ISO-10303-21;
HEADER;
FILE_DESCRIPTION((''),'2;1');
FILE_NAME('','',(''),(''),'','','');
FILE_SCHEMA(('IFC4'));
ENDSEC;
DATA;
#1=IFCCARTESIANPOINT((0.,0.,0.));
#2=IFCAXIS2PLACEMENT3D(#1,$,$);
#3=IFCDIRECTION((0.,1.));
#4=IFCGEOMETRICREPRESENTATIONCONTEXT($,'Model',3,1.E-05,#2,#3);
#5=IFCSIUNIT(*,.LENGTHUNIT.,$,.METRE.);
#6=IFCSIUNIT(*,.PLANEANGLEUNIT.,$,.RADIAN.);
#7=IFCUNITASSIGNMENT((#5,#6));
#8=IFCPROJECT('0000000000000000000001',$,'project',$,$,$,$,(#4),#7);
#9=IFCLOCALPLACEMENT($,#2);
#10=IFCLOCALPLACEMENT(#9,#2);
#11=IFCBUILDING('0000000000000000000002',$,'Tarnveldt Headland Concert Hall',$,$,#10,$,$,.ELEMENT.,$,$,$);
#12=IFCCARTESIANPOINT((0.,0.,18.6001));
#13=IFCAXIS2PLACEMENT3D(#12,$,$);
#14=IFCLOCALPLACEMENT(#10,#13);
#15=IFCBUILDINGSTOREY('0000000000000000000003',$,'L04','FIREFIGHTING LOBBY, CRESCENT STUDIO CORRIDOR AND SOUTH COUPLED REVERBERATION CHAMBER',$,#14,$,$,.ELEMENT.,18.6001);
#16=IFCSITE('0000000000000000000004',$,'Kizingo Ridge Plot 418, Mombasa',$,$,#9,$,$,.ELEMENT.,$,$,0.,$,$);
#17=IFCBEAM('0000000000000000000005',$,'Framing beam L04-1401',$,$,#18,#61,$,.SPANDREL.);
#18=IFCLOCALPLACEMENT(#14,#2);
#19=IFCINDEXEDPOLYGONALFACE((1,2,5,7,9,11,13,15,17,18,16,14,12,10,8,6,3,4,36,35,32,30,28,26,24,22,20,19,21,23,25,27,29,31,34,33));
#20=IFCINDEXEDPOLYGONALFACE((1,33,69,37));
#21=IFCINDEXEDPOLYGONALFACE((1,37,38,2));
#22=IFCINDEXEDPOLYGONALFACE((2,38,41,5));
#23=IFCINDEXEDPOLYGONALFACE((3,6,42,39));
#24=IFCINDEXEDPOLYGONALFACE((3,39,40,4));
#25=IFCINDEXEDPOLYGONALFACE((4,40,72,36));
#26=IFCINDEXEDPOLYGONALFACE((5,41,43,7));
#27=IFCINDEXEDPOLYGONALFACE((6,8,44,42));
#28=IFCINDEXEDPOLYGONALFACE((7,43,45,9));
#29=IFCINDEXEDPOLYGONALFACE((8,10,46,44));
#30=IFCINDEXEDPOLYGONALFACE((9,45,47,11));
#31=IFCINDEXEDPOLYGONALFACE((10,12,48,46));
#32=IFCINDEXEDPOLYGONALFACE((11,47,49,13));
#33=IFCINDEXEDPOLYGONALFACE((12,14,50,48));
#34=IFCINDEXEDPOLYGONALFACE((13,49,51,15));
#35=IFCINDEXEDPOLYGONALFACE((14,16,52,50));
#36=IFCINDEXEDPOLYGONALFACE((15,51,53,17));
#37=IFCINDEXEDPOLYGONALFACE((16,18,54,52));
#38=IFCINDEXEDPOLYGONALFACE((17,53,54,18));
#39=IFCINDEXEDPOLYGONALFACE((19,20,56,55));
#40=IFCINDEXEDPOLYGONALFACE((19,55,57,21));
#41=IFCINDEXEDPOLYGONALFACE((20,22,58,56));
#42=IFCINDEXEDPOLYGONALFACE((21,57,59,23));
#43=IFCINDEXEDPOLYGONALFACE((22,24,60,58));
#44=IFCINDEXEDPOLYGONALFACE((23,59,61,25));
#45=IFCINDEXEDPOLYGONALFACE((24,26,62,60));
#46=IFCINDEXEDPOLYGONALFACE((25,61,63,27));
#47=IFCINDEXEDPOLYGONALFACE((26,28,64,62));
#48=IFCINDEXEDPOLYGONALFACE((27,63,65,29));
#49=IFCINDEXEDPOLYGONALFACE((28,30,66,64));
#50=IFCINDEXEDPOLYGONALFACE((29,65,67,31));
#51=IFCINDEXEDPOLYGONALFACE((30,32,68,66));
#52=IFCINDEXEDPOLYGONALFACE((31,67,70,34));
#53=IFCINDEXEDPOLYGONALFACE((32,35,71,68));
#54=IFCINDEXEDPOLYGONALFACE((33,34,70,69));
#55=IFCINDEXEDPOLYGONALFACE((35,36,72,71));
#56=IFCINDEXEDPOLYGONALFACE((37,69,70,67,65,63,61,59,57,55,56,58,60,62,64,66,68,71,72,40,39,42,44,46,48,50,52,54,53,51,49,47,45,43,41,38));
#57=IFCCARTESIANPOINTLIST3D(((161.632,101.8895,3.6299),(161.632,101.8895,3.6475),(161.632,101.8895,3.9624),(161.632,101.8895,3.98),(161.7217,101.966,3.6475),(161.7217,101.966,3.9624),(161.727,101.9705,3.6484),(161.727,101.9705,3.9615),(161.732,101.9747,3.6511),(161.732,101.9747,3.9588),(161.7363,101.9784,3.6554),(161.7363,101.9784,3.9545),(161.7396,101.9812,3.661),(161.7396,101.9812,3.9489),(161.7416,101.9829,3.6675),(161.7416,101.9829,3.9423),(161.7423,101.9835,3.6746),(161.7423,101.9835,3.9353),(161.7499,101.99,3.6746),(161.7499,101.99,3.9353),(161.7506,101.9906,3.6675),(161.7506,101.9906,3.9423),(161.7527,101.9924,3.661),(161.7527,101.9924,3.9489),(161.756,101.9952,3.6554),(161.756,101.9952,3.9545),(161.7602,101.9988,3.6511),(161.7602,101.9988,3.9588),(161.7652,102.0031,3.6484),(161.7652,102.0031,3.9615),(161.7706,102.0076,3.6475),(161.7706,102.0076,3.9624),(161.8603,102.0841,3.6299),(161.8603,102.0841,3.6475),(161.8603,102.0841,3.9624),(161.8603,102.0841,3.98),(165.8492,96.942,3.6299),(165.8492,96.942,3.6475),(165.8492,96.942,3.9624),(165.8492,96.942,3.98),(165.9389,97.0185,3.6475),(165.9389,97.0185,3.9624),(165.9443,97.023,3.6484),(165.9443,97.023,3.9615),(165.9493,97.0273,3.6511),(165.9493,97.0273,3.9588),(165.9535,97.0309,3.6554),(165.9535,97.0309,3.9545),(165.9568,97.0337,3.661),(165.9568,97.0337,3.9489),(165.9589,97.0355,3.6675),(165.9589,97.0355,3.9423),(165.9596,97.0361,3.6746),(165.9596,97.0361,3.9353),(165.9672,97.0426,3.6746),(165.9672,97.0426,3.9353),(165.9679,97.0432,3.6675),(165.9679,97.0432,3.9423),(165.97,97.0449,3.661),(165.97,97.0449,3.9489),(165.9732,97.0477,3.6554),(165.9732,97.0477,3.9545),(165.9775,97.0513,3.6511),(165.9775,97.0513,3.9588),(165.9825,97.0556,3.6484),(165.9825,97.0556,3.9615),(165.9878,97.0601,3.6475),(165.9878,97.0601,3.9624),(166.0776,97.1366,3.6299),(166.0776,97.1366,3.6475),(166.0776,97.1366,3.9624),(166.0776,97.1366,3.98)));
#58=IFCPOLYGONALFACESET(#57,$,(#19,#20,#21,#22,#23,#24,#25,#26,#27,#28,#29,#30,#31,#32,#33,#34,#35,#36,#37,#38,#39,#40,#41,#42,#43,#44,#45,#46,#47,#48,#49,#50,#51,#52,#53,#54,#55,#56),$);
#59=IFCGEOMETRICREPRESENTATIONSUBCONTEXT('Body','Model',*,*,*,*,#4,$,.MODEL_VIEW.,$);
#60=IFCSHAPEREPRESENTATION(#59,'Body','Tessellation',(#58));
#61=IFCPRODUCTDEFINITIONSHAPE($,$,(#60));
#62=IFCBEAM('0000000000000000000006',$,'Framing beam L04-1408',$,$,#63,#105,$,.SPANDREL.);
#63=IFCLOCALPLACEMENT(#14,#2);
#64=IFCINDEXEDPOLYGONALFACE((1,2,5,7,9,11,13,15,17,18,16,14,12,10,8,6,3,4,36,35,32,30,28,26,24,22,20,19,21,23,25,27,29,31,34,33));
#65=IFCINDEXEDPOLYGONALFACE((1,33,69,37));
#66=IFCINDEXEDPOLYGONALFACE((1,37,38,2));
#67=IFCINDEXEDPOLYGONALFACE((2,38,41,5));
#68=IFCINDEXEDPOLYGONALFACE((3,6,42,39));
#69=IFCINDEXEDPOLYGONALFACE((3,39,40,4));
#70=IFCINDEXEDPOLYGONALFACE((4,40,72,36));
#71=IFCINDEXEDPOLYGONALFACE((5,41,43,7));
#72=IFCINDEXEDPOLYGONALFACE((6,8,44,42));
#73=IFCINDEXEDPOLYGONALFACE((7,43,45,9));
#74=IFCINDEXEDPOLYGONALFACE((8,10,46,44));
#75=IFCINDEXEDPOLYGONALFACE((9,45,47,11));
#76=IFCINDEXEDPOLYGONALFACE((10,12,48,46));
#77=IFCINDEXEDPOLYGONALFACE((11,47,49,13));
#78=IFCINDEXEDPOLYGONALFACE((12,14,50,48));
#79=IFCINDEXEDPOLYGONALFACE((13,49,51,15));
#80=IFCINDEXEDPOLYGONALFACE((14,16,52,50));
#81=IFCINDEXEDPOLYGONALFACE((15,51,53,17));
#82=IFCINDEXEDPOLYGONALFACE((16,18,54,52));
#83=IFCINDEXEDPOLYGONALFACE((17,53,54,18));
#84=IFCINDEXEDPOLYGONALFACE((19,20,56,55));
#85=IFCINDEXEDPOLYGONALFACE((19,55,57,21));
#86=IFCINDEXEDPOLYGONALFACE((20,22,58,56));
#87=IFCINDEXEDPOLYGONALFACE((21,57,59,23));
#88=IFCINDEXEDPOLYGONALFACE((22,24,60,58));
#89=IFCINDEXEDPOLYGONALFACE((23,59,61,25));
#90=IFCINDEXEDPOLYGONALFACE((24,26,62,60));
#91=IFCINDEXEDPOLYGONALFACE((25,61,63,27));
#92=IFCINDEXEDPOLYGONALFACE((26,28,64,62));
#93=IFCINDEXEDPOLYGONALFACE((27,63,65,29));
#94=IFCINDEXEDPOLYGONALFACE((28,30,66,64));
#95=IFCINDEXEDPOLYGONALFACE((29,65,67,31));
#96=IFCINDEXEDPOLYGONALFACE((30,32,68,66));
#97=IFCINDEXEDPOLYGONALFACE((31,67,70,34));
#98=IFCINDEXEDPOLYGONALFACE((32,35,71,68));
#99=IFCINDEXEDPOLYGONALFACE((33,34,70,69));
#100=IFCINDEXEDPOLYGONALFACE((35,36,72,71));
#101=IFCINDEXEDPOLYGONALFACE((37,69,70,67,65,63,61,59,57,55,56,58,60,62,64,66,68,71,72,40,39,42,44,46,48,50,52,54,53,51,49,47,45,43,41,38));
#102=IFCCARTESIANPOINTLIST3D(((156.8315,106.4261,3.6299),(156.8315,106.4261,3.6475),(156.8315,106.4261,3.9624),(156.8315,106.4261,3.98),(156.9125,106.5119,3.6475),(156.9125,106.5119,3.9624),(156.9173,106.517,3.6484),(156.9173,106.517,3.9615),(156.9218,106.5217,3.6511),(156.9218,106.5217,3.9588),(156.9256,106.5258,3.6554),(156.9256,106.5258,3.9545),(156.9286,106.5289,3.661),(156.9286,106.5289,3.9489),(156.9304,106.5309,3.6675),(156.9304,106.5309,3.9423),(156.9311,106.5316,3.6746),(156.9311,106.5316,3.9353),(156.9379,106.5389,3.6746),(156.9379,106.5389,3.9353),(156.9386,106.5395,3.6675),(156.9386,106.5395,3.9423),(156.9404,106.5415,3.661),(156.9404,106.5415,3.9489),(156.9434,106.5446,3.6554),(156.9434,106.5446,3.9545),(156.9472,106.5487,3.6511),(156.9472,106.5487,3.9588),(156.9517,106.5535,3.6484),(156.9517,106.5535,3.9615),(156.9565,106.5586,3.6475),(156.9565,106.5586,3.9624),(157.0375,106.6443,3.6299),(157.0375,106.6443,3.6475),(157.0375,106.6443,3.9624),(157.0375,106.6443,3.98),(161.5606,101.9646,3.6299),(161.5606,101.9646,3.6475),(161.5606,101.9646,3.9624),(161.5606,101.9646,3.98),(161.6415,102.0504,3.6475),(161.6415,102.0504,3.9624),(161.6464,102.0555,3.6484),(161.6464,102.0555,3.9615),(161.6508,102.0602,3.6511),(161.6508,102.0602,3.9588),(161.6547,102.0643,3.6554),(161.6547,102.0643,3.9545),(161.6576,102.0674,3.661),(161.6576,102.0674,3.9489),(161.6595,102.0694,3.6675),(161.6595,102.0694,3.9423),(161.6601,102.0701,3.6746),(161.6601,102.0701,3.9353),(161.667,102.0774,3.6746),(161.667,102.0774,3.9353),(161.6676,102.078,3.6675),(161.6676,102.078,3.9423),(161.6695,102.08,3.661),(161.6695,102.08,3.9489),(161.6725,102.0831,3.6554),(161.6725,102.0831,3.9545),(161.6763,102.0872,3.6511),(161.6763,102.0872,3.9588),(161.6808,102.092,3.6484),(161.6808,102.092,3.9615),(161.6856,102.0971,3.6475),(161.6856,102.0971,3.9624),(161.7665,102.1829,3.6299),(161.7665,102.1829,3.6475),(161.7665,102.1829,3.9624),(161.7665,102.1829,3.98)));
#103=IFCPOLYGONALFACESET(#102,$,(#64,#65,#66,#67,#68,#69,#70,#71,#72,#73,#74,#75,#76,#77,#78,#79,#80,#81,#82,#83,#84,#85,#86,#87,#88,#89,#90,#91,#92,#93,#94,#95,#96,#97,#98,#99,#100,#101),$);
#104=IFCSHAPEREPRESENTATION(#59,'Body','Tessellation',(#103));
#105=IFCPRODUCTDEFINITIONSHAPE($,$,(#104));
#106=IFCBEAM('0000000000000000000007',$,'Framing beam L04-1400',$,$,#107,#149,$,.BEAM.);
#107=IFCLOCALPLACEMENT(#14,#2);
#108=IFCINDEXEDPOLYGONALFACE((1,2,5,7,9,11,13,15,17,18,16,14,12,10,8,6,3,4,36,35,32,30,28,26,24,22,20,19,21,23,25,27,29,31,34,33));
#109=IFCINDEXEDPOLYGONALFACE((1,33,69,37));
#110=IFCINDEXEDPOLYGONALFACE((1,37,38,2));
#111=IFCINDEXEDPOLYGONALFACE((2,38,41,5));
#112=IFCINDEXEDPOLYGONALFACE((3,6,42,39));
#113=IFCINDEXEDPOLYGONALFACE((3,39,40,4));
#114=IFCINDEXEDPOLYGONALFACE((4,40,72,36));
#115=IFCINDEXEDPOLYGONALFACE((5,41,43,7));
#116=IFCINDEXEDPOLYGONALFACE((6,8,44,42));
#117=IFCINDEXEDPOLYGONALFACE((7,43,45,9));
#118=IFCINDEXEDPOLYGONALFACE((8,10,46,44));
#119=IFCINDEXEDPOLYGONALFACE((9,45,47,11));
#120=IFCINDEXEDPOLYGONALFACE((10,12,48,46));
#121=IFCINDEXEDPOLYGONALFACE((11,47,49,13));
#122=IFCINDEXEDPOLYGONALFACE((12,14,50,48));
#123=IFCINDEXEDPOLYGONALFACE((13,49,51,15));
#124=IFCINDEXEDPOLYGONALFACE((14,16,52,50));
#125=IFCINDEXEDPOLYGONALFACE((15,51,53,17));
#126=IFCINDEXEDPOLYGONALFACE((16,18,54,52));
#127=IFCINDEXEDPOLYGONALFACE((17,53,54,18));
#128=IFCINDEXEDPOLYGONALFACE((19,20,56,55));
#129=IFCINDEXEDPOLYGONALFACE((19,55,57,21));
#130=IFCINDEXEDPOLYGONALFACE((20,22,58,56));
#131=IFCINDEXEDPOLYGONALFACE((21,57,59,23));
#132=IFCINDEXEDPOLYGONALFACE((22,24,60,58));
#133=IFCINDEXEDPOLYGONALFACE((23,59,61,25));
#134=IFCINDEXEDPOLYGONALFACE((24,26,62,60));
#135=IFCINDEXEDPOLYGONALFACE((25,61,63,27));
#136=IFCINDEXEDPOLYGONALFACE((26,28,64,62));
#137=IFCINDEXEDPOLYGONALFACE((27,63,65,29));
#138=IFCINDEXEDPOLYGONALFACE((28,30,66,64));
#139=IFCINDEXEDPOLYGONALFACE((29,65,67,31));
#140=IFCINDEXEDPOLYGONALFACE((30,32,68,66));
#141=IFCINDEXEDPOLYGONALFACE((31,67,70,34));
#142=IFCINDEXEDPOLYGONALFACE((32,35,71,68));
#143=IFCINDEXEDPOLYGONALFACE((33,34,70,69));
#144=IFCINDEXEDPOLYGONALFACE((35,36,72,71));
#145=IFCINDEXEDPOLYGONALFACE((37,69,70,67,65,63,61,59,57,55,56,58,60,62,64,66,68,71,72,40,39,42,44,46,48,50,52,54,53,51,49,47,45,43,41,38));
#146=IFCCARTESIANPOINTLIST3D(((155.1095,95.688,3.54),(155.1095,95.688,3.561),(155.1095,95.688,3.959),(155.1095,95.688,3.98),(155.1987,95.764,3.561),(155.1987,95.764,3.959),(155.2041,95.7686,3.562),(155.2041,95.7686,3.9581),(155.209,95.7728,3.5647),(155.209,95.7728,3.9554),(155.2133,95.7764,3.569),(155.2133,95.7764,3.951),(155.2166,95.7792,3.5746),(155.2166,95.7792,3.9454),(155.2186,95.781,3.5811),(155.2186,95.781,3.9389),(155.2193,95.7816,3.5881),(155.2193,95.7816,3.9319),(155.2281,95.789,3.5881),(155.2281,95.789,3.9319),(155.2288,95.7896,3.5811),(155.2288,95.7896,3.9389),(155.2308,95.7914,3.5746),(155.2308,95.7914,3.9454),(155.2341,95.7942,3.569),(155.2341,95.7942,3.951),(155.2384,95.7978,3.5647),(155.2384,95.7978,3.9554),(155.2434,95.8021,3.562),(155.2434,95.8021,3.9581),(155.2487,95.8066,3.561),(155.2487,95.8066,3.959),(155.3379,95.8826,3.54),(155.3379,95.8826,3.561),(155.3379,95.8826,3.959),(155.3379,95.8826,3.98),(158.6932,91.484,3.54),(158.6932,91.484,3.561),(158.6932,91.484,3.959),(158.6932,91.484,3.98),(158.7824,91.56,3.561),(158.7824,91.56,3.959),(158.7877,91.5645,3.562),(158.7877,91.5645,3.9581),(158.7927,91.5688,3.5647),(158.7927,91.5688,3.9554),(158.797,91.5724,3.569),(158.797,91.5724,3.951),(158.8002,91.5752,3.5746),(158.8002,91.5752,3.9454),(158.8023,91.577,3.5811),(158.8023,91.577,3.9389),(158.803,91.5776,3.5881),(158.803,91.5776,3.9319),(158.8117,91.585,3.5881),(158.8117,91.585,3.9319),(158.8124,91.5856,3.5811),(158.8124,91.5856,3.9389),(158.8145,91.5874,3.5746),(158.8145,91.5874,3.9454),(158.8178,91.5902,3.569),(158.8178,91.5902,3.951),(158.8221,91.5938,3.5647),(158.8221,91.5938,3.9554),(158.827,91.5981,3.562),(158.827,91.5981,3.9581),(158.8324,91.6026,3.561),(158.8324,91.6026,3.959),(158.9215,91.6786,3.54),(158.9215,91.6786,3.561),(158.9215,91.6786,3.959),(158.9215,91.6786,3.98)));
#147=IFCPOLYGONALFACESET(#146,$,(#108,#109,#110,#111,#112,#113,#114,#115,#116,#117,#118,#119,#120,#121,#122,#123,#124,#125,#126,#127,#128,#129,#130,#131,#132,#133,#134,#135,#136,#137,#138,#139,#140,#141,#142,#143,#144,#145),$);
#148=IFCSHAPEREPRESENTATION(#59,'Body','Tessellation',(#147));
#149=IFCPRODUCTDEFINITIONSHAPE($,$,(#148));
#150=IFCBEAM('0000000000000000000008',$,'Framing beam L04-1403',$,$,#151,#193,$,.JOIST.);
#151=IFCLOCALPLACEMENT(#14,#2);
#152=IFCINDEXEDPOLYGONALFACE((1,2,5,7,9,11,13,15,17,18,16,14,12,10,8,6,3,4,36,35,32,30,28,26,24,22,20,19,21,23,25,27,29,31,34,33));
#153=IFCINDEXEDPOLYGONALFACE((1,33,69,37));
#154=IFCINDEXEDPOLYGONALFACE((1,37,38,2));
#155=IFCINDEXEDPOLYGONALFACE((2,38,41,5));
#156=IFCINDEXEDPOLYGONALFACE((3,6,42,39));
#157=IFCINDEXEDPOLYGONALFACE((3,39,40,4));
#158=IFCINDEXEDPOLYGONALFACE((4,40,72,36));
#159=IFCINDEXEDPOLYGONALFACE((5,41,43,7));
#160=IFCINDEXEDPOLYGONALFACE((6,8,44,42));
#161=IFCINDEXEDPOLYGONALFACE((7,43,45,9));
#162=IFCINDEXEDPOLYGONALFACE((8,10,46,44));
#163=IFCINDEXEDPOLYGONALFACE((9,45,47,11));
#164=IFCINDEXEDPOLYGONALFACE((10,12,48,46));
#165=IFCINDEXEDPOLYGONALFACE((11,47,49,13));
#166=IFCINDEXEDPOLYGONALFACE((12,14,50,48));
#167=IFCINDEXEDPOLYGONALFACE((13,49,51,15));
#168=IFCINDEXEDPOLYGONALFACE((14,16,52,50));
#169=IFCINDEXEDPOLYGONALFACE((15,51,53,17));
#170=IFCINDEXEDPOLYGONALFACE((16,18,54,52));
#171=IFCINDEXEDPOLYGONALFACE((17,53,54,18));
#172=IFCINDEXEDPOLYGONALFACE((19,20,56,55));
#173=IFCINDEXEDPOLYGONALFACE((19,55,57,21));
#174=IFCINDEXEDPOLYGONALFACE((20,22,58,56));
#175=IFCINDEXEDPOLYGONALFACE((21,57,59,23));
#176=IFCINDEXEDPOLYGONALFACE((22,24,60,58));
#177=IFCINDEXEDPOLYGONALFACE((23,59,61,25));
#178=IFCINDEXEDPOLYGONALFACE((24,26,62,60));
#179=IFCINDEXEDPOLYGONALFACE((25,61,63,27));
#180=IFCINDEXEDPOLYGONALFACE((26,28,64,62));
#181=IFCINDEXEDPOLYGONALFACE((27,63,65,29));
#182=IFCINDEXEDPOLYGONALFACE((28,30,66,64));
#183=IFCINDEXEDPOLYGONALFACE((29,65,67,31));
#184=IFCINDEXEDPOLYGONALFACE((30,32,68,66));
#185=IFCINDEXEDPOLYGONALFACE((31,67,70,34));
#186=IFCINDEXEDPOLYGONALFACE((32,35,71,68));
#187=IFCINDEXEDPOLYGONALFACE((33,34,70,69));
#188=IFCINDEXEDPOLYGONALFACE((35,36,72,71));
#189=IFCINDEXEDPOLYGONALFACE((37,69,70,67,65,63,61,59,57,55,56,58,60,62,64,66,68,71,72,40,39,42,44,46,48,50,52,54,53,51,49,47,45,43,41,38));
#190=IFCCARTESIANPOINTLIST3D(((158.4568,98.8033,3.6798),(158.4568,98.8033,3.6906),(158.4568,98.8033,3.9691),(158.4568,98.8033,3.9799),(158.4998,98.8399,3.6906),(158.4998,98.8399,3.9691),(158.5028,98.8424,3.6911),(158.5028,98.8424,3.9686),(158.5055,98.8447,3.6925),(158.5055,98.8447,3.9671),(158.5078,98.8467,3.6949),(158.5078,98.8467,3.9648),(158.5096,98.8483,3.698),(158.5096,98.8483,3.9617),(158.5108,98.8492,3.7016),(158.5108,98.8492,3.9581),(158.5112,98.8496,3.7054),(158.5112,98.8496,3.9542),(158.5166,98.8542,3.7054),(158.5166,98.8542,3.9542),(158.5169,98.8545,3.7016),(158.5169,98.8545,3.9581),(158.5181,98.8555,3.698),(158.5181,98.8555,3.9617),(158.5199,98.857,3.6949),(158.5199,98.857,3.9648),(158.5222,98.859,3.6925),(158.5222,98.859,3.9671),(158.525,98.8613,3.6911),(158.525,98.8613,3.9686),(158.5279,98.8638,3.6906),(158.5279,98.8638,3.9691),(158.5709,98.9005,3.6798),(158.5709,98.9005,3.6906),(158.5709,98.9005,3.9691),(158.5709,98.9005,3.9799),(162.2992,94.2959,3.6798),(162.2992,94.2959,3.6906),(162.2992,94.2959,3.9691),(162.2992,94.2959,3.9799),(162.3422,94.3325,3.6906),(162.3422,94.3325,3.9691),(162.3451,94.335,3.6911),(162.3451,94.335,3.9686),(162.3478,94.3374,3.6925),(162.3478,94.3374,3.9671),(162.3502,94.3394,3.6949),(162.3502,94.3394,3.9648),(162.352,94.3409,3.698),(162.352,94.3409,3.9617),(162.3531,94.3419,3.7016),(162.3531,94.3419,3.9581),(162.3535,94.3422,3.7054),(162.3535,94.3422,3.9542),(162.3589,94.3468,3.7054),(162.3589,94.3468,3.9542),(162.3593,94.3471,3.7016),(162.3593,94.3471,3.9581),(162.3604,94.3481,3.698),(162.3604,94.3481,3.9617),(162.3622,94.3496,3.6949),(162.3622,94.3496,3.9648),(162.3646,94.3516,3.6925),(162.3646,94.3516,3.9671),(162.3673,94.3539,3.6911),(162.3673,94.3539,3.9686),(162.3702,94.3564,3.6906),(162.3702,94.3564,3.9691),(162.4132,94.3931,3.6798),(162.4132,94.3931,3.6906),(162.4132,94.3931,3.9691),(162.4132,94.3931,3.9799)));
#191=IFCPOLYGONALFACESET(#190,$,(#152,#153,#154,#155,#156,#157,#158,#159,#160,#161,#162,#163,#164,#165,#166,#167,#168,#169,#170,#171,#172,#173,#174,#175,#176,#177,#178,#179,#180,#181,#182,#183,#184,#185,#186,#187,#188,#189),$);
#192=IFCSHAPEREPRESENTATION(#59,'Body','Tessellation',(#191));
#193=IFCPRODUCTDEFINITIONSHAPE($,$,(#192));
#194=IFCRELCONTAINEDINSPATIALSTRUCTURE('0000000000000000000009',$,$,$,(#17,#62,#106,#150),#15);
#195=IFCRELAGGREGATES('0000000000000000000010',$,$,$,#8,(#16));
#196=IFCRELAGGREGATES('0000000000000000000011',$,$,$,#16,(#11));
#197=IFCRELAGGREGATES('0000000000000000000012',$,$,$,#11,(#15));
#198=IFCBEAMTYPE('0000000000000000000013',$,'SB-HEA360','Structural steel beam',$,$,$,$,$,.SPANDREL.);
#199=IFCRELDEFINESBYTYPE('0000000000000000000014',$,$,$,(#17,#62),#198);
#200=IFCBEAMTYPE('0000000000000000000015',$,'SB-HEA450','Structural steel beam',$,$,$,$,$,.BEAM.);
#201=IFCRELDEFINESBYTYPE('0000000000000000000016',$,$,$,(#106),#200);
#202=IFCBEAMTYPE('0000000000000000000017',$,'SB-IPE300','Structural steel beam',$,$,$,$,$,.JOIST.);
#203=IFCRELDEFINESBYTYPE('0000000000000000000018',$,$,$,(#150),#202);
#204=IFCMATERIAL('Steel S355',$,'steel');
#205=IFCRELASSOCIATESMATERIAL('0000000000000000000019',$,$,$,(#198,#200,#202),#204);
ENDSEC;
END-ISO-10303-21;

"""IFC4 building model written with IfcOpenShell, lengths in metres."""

from ifc_helpers import new_model, si_unit, direction, frame, origin, origin_2d, place, context, subcontext, project, spatial, i_section, extrude, material, material_profile, profile_set, type_object, element, save


model = new_model("IFC4")

# Units and contexts
model_context = context("Model", 3, precision=1e-05, world=origin(), true_north=direction((0.0, 1.0)))
body_context = subcontext(model_context, "Body", "Model", "MODEL_VIEW")
ifc_project = project(units=[si_unit("LENGTHUNIT", "METRE"), si_unit("PLANEANGLEUNIT", "RADIAN")], contexts=[model_context])

# Site, building, storey
site_placement = place(None, origin())
site = spatial("IfcSite", under=ifc_project, at=site_placement, Name="Kizingo Ridge Plot 418, Mombasa", CompositionType="ELEMENT", RefElevation=0.0)
building_placement = place(site_placement, origin())
building = spatial("IfcBuilding", under=site, at=building_placement, Name="Tarnveldt Headland Concert Hall", CompositionType="ELEMENT")
storey_placement = place(building_placement, frame((0.0, 0.0, 18.6001)))
storey = spatial("IfcBuildingStorey", under=building, at=storey_placement, Name="L04", Description="FIREFIGHTING LOBBY, CRESCENT STUDIO CORRIDOR AND SOUTH COUPLED REVERBERATION CHAMBER", CompositionType="ELEMENT", Elevation=18.6001)

# Shared definitions
ifc_material_1 = material(Name="Steel S355", Category="steel")

# Beams
ifc_material_profile_1 = material_profile(ifc_material_1, i_section(OverallWidth=0.3, OverallDepth=0.3501, WebThickness=0.01, FlangeThickness=0.0176, FilletRadius=0.0271, at=origin_2d()), Name="HEA360", Category="steel")
ifc_profile_set_1 = profile_set([ifc_material_profile_1], Name="Steel S355")
beam_type_1 = type_object("IfcBeamType", Name="SB-HEA360", Description="Structural steel beam", PredefinedType="SPANDREL", material=ifc_profile_set_1)
for number, where, z_axis, x_axis, name in (
    (1, (165.9634, 97.0393, 3.8049), (-0.648711, 0.761035, 0.0), (-0.761035, -0.648711, 0.0), "Framing beam L04-1401"),
):
    element("IfcBeam", number, at=place(storey_placement, frame(where, z_axis=z_axis, x_axis=x_axis)), inside=storey, type_object=beam_type_1, Name=name, PredefinedType="SPANDREL", context=body_context, shape_type="SweptSolid", body=[
        extrude(i_section(OverallWidth=0.3, OverallDepth=0.3501, WebThickness=0.01, FlangeThickness=0.0176, FilletRadius=0.0271, at=origin_2d()), origin(), (0.0, 0.0, 1.0), 6.501),
    ])
beam_1_placement = place(storey_placement, frame((161.6636, 102.0737, 3.8049), z_axis=(-0.727386, 0.686229, 0.0), x_axis=(-0.686229, -0.727386, 0.0)))
element("IfcBeam", 2, at=beam_1_placement, inside=storey, type_object=beam_type_1, Name="Framing beam L04-1408", PredefinedType="SPANDREL", context=body_context, shape_type="SweptSolid", body=[
    extrude(i_section(OverallWidth=0.3, OverallDepth=0.3501, WebThickness=0.01, FlangeThickness=0.0176, FilletRadius=0.0271, at=origin_2d()), origin(), (0.0, 0.0, 1.0), 6.5015),
])
ifc_material_profile_2 = material_profile(ifc_material_1, i_section(OverallWidth=0.3, OverallDepth=0.4399, WebThickness=0.0115, FlangeThickness=0.021, FilletRadius=0.0271, at=origin_2d()), Name="HEA450", Category="steel")
ifc_profile_set_2 = profile_set([ifc_material_profile_2], Name="Steel S355")
beam_type_2 = type_object("IfcBeamType", Name="SB-HEA450", Description="Structural steel beam", PredefinedType="BEAM", material=ifc_profile_set_2)
beam_2_placement = place(storey_placement, frame((158.8074, 91.5813, 3.76), z_axis=(-0.648725, 0.761023, 0.0), x_axis=(-0.761023, -0.648725, 0.0)))
element("IfcBeam", 3, at=beam_2_placement, inside=storey, type_object=beam_type_2, Name="Framing beam L04-1400", PredefinedType="BEAM", context=body_context, shape_type="SweptSolid", body=[
    extrude(i_section(OverallWidth=0.3, OverallDepth=0.4399, WebThickness=0.0115, FlangeThickness=0.021, FilletRadius=0.0271, at=origin_2d()), origin(), (0.0, 0.0, 1.0), 5.5242),
])
ifc_material_profile_3 = material_profile(ifc_material_1, i_section(OverallWidth=0.1499, OverallDepth=0.3, WebThickness=0.0071, FlangeThickness=0.0107, FilletRadius=0.0149, at=origin_2d()), Name="IPE300", Category="steel")
ifc_profile_set_3 = profile_set([ifc_material_profile_3], Name="Steel S355")
beam_type_3 = type_object("IfcBeamType", Name="SB-IPE300", Description="Structural steel beam", PredefinedType="JOIST", material=ifc_profile_set_3)
beam_3_placement = place(storey_placement, frame((162.3562, 94.3445, 3.8298), z_axis=(-0.648732, 0.761017, 0.0), x_axis=(-0.761017, -0.648732, 0.0)))
element("IfcBeam", 4, at=beam_3_placement, inside=storey, type_object=beam_type_3, Name="Framing beam L04-1403", PredefinedType="JOIST", context=body_context, shape_type="SweptSolid", body=[
    extrude(i_section(OverallWidth=0.1499, OverallDepth=0.3, WebThickness=0.0071, FlangeThickness=0.0107, FilletRadius=0.0149, at=origin_2d()), origin(), (0.0, 0.0, 1.0), 5.9229),
])

save(model, "model.ifc")
